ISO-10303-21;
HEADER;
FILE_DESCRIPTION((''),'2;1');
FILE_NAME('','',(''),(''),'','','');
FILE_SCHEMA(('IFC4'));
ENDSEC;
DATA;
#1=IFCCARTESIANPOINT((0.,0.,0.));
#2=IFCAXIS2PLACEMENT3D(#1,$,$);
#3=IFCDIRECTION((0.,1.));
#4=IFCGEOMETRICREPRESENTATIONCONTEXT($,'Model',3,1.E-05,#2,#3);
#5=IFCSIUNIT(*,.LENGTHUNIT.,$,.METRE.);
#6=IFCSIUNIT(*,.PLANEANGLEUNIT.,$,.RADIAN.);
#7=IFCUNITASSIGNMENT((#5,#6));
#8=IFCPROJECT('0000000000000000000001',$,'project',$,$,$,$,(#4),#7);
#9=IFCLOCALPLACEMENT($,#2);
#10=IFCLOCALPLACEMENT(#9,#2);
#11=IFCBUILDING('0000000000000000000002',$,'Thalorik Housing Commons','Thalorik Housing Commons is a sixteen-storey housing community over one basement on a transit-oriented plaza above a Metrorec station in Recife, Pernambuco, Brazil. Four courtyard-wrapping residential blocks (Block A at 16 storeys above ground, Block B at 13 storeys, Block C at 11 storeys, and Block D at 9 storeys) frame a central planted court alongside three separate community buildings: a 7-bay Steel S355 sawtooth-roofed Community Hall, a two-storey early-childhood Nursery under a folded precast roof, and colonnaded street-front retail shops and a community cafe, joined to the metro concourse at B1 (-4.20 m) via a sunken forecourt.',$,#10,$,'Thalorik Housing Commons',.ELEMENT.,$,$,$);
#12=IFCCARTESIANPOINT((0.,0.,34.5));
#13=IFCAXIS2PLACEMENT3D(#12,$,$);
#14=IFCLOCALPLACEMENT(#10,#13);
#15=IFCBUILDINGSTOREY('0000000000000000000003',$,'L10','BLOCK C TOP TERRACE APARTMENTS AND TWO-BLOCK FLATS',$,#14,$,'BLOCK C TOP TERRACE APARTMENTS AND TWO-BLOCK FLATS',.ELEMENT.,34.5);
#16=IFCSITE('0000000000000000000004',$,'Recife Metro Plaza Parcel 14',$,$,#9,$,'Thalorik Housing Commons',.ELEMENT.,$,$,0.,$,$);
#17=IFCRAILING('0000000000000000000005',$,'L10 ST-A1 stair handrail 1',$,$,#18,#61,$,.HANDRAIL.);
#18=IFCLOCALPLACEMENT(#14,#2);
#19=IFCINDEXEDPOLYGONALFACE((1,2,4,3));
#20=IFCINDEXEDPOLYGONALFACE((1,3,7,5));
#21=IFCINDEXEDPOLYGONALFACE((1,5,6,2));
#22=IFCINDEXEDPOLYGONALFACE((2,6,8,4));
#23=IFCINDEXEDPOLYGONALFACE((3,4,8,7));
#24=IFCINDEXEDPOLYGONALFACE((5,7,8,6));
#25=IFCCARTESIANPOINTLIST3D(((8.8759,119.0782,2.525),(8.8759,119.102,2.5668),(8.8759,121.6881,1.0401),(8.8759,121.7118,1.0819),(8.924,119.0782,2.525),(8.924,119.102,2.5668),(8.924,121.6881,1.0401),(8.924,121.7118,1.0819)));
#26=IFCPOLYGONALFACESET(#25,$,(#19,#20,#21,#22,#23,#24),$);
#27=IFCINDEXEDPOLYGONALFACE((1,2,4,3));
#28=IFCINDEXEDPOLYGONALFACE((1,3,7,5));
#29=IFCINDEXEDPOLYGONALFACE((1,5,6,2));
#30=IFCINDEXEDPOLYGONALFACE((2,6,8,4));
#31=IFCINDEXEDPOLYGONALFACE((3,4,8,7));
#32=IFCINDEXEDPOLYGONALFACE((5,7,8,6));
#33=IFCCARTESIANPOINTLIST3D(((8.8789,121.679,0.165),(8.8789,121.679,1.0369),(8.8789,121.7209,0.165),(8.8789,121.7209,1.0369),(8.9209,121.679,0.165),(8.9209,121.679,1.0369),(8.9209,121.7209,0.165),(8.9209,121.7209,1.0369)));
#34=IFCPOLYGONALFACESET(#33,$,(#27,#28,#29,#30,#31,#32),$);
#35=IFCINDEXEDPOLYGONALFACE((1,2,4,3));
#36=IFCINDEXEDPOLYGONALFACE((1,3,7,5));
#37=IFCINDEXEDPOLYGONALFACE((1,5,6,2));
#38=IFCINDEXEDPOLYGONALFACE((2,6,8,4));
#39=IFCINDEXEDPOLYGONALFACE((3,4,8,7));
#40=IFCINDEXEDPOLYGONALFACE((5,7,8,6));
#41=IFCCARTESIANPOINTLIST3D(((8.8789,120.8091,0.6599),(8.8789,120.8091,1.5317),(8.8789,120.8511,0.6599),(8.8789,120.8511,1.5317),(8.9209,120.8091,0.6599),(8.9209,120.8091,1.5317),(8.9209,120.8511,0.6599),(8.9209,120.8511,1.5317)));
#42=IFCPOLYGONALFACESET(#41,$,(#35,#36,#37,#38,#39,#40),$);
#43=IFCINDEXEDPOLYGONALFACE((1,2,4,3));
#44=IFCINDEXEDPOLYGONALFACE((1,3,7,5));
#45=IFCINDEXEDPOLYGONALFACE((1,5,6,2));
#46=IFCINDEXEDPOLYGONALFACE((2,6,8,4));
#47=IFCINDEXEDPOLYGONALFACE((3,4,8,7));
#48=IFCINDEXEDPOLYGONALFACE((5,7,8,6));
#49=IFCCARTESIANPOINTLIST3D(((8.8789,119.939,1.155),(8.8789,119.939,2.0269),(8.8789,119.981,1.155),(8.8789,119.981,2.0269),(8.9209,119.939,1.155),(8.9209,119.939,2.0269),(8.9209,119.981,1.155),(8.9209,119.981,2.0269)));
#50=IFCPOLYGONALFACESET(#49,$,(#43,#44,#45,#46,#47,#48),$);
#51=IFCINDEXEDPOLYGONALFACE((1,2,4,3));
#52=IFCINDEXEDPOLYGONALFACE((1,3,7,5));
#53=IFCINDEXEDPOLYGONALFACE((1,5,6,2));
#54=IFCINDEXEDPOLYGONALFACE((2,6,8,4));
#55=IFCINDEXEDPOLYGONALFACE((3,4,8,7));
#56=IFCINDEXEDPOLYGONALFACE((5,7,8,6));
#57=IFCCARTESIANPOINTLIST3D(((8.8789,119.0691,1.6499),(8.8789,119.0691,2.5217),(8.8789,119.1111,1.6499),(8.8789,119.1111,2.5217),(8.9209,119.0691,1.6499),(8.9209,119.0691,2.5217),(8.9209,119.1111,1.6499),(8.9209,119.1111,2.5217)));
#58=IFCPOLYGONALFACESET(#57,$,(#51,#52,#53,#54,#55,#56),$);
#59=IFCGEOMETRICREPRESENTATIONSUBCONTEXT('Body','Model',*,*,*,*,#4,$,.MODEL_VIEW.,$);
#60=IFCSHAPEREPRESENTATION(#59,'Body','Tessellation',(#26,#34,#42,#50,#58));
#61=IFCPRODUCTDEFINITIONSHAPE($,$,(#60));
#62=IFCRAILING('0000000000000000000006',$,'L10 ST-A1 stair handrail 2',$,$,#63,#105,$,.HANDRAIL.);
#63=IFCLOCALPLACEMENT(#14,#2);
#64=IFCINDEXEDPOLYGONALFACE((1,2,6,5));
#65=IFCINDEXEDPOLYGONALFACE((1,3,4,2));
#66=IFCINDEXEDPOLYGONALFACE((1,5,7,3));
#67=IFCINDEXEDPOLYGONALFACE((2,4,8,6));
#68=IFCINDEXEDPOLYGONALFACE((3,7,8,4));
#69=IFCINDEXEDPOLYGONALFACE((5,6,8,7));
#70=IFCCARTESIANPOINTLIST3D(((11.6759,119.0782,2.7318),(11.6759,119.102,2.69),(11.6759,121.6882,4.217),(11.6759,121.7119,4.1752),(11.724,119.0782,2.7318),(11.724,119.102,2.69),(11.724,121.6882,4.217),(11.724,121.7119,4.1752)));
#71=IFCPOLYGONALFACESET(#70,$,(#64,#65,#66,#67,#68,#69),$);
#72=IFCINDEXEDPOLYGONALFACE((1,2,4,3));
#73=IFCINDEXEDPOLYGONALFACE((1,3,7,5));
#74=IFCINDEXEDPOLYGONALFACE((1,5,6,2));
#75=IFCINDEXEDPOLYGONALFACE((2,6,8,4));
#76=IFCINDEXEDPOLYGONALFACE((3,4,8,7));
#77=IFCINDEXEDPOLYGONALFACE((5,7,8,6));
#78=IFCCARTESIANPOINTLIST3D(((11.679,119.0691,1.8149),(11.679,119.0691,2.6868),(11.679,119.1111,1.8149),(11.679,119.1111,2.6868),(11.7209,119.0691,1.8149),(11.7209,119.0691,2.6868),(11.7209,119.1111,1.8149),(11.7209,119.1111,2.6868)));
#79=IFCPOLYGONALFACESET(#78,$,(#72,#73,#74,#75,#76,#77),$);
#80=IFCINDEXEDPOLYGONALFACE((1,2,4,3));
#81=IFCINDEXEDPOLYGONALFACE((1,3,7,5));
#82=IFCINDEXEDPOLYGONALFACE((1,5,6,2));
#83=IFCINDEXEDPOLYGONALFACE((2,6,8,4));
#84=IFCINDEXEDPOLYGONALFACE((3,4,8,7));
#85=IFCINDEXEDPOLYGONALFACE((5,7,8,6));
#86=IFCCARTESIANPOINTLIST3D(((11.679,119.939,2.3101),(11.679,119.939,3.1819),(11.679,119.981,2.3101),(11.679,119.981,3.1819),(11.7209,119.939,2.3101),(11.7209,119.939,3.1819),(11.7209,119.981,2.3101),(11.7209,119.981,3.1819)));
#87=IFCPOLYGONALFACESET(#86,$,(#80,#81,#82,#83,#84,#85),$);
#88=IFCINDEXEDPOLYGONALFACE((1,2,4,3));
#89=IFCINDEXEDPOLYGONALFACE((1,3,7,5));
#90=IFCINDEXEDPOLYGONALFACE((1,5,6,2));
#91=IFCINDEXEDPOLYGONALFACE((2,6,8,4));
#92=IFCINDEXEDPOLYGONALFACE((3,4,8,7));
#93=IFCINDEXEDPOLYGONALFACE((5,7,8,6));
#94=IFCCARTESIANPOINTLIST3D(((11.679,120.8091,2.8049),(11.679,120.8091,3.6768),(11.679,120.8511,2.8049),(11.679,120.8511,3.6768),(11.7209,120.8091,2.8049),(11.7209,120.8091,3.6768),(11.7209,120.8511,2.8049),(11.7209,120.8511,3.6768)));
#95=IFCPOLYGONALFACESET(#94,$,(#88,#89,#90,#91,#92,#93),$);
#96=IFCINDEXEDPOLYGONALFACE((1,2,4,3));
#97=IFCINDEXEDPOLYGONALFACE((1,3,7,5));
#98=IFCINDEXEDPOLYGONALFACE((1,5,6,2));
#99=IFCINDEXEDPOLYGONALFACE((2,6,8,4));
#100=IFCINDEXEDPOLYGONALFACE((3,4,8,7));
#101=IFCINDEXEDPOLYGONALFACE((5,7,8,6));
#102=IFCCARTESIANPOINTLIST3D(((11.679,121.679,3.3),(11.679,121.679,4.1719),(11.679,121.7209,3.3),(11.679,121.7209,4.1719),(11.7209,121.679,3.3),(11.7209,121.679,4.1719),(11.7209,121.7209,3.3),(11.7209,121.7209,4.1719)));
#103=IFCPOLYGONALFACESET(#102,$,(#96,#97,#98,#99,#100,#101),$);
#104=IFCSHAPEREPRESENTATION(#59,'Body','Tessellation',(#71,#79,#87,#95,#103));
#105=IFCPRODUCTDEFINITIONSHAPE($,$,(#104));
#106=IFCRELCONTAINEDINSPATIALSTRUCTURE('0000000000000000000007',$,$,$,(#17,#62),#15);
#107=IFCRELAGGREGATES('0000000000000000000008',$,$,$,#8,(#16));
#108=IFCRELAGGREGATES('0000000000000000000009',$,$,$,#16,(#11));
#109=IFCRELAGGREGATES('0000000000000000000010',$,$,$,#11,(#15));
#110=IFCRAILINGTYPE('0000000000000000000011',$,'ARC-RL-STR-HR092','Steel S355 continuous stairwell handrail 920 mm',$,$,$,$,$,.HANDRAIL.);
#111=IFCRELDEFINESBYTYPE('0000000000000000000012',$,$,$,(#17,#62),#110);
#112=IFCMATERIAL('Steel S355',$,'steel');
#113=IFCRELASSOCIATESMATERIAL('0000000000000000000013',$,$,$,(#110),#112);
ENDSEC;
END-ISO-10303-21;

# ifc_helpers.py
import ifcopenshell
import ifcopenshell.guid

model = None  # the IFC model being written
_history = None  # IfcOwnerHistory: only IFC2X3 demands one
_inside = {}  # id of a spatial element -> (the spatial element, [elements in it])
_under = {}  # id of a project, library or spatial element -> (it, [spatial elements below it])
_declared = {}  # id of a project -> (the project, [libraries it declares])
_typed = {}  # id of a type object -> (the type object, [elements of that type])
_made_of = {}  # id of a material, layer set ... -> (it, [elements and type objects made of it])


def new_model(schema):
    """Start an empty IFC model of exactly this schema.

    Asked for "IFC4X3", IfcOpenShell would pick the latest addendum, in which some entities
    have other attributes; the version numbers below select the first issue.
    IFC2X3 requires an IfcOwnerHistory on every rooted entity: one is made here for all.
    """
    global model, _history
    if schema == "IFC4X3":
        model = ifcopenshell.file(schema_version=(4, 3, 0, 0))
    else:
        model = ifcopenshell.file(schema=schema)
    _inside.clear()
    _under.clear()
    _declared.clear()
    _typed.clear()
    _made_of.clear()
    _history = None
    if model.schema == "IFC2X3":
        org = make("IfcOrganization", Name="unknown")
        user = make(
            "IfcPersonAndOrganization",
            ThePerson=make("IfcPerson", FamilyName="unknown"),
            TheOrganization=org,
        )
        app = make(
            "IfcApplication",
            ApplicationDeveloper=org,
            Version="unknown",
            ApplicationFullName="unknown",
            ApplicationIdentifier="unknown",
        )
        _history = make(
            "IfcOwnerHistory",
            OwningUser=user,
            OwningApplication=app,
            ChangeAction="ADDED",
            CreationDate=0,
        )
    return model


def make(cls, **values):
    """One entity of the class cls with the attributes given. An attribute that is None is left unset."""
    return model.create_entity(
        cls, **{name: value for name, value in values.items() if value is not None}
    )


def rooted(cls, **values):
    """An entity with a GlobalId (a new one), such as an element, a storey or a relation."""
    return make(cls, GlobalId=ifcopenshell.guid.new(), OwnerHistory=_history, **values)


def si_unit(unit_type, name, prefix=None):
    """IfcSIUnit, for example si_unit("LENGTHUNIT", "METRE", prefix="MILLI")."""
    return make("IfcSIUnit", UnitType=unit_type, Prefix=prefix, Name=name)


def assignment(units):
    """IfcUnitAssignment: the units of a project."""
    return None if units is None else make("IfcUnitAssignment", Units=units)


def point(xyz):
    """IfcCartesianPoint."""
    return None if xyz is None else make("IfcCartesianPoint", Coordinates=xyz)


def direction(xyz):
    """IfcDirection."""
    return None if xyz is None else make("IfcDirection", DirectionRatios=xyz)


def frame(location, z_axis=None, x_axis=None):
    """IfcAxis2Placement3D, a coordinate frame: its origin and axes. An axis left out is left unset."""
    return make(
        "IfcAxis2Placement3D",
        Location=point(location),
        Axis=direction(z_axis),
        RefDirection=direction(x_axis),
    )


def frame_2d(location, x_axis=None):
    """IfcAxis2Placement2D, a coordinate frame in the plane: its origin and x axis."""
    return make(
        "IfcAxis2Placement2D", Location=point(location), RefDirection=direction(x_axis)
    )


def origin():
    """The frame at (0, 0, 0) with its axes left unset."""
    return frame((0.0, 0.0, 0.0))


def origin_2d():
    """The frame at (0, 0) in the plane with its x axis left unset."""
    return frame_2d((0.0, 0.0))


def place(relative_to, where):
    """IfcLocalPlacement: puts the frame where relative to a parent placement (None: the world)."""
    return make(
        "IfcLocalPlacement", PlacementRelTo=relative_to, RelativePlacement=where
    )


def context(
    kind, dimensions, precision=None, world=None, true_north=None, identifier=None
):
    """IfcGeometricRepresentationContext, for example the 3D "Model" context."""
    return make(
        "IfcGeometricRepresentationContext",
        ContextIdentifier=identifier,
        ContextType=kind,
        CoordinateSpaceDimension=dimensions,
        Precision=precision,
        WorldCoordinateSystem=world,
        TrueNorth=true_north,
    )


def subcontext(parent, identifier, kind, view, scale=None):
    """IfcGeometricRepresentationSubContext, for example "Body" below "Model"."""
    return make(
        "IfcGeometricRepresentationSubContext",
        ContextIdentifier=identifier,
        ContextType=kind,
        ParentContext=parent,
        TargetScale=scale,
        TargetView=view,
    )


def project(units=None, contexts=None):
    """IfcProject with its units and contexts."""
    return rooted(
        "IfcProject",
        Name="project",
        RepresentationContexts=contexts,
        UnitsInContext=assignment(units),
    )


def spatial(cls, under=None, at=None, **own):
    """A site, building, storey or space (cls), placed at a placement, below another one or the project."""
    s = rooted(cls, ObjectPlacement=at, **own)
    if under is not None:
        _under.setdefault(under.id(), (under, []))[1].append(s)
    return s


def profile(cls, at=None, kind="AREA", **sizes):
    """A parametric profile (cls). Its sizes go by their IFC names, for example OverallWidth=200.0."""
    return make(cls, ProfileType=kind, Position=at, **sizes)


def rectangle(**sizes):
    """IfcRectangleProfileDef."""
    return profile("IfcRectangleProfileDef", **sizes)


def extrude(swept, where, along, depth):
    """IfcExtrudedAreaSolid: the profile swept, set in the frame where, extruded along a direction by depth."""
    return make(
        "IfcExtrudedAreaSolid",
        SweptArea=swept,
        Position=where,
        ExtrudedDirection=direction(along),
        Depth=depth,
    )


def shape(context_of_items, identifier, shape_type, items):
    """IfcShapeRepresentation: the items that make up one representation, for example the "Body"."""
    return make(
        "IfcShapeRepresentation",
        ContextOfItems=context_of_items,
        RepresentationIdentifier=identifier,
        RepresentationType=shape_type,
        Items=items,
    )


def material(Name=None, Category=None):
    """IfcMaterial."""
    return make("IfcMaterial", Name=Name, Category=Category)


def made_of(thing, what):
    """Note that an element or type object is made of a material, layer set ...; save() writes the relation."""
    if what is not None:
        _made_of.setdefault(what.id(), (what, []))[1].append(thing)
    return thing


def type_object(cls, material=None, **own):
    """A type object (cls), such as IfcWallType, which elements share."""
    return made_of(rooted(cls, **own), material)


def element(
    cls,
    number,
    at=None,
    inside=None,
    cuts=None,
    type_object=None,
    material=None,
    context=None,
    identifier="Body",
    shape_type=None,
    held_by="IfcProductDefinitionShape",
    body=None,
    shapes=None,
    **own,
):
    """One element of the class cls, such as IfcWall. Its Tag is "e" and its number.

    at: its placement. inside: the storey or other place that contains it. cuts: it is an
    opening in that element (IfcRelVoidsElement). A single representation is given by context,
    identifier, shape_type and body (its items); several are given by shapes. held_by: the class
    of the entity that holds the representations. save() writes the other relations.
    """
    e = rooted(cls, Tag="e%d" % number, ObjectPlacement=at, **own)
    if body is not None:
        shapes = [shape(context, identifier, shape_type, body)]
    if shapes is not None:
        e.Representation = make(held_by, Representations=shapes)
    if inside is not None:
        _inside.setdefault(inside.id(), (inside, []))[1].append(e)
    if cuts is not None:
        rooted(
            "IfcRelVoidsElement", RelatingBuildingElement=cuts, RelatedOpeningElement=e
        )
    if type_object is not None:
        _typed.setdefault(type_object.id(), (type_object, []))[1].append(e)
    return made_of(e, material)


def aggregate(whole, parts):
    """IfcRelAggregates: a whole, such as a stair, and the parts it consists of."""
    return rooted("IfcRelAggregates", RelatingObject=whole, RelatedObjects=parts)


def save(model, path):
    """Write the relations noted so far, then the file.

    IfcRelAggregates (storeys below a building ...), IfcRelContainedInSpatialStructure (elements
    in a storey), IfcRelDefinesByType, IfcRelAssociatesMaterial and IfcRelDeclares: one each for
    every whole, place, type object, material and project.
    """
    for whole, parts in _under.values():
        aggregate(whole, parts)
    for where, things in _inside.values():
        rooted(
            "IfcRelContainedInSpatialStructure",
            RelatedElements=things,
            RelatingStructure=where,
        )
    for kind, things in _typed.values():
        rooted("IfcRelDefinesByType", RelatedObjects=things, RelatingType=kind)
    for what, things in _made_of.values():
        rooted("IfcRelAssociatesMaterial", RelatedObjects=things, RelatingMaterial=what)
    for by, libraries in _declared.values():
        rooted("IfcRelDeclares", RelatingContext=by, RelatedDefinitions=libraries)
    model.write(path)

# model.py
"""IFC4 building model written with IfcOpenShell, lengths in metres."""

from ifc_helpers import new_model, si_unit, direction, frame, origin, origin_2d, place, context, subcontext, project, spatial, rectangle, extrude, material, type_object, element, save


model = new_model("IFC4")

# Units and contexts
model_context = context("Model", 3, precision=1e-05, world=origin(), true_north=direction((0.0, 1.0)))
body_context = subcontext(model_context, "Body", "Model", "MODEL_VIEW")
ifc_project = project(units=[si_unit("LENGTHUNIT", "METRE"), si_unit("PLANEANGLEUNIT", "RADIAN")], contexts=[model_context])

# Site, building, storey
site_placement = place(None, origin())
site = spatial("IfcSite", under=ifc_project, at=site_placement, Name="Recife Metro Plaza Parcel 14", LongName="Thalorik Housing Commons", CompositionType="ELEMENT", RefElevation=0.0)
building_placement = place(site_placement, origin())
building = spatial("IfcBuilding", under=site, at=building_placement, Name="Thalorik Housing Commons", Description="Thalorik Housing Commons is a sixteen-storey housing community over one basement on a transit-oriented plaza above a Metrorec station in Recife, Pernambuco, Brazil. Four courtyard-wrapping residential blocks (Block A at 16 storeys above ground, Block B at 13 storeys, Block C at 11 storeys, and Block D at 9 storeys) frame a central planted court alongside three separate community buildings: a 7-bay Steel S355 sawtooth-roofed Community Hall, a two-storey early-childhood Nursery under a folded precast roof, and colonnaded street-front retail shops and a community cafe, joined to the metro concourse at B1 (-4.20 m) via a sunken forecourt.", LongName="Thalorik Housing Commons", CompositionType="ELEMENT")
storey_placement = place(building_placement, frame((0.0, 0.0, 34.5)))
storey = spatial("IfcBuildingStorey", under=building, at=storey_placement, Name="L10", Description="BLOCK C TOP TERRACE APARTMENTS AND TWO-BLOCK FLATS", LongName="BLOCK C TOP TERRACE APARTMENTS AND TWO-BLOCK FLATS", CompositionType="ELEMENT", Elevation=34.5)

# Shared definitions
ifc_material_1 = material(Name="Steel S355", Category="steel")

# Railings
railing_type_1 = type_object("IfcRailingType", Name="ARC-RL-STR-HR092", Description="Steel S355 continuous stairwell handrail 920 mm", PredefinedType="HANDRAIL", material=ifc_material_1)
railing_1_placement = place(storey_placement, frame((8.8999, 121.7, 0.165)))
element("IfcRailing", 1, at=railing_1_placement, inside=storey, type_object=railing_type_1, Name="L10 ST-A1 stair handrail 1", PredefinedType="HANDRAIL", context=body_context, shape_type="SweptSolid", body=[
    extrude(rectangle(XDim=0.0481, YDim=0.0481, at=origin_2d()), frame((0.0, 0.0, 0.896), z_axis=(0.0, -0.869172, 0.494509), x_axis=(1.0, 0.0, 0.0)), (0.0, 0.0, 1.0), 3.0027),
    extrude(rectangle(XDim=0.042, YDim=0.042, at=origin_2d()), origin(), (0.0, 0.0, 1.0), 0.8718),
    extrude(rectangle(XDim=0.042, YDim=0.042, at=origin_2d()), frame((0.0, -0.8699, 0.4949)), (0.0, 0.0, 1.0), 0.8718),
    extrude(rectangle(XDim=0.042, YDim=0.042, at=origin_2d()), frame((0.0, -1.74, 0.99)), (0.0, 0.0, 1.0), 0.8718),
    extrude(rectangle(XDim=0.042, YDim=0.042, at=origin_2d()), frame((0.0, -2.6099, 1.4849)), (0.0, 0.0, 1.0), 0.8718),
])
railing_2_placement = place(storey_placement, frame((11.7, 119.0901, 1.8149)))
element("IfcRailing", 2, at=railing_2_placement, inside=storey, type_object=railing_type_1, Name="L10 ST-A1 stair handrail 2", PredefinedType="HANDRAIL", context=body_context, shape_type="SweptSolid", body=[
    extrude(rectangle(XDim=0.0481, YDim=0.0481, at=origin_2d()), frame((0.0, 0.0, 0.896), z_axis=(0.0, 0.869137, 0.494571), x_axis=(-1.0, 0.0, 0.0)), (0.0, 0.0, 1.0), 3.0029),
    extrude(rectangle(XDim=0.042, YDim=0.042, at=origin_2d()), origin(), (0.0, 0.0, 1.0), 0.8718),
    extrude(rectangle(XDim=0.042, YDim=0.042, at=origin_2d()), frame((0.0, 0.8699, 0.4951)), (0.0, 0.0, 1.0), 0.8718),
    extrude(rectangle(XDim=0.042, YDim=0.042, at=origin_2d()), frame((0.0, 1.74, 0.99)), (0.0, 0.0, 1.0), 0.8718),
    extrude(rectangle(XDim=0.042, YDim=0.042, at=origin_2d()), frame((0.0, 2.6099, 1.4851)), (0.0, 0.0, 1.0), 0.8718),
])

save(model, "model.ifc")
